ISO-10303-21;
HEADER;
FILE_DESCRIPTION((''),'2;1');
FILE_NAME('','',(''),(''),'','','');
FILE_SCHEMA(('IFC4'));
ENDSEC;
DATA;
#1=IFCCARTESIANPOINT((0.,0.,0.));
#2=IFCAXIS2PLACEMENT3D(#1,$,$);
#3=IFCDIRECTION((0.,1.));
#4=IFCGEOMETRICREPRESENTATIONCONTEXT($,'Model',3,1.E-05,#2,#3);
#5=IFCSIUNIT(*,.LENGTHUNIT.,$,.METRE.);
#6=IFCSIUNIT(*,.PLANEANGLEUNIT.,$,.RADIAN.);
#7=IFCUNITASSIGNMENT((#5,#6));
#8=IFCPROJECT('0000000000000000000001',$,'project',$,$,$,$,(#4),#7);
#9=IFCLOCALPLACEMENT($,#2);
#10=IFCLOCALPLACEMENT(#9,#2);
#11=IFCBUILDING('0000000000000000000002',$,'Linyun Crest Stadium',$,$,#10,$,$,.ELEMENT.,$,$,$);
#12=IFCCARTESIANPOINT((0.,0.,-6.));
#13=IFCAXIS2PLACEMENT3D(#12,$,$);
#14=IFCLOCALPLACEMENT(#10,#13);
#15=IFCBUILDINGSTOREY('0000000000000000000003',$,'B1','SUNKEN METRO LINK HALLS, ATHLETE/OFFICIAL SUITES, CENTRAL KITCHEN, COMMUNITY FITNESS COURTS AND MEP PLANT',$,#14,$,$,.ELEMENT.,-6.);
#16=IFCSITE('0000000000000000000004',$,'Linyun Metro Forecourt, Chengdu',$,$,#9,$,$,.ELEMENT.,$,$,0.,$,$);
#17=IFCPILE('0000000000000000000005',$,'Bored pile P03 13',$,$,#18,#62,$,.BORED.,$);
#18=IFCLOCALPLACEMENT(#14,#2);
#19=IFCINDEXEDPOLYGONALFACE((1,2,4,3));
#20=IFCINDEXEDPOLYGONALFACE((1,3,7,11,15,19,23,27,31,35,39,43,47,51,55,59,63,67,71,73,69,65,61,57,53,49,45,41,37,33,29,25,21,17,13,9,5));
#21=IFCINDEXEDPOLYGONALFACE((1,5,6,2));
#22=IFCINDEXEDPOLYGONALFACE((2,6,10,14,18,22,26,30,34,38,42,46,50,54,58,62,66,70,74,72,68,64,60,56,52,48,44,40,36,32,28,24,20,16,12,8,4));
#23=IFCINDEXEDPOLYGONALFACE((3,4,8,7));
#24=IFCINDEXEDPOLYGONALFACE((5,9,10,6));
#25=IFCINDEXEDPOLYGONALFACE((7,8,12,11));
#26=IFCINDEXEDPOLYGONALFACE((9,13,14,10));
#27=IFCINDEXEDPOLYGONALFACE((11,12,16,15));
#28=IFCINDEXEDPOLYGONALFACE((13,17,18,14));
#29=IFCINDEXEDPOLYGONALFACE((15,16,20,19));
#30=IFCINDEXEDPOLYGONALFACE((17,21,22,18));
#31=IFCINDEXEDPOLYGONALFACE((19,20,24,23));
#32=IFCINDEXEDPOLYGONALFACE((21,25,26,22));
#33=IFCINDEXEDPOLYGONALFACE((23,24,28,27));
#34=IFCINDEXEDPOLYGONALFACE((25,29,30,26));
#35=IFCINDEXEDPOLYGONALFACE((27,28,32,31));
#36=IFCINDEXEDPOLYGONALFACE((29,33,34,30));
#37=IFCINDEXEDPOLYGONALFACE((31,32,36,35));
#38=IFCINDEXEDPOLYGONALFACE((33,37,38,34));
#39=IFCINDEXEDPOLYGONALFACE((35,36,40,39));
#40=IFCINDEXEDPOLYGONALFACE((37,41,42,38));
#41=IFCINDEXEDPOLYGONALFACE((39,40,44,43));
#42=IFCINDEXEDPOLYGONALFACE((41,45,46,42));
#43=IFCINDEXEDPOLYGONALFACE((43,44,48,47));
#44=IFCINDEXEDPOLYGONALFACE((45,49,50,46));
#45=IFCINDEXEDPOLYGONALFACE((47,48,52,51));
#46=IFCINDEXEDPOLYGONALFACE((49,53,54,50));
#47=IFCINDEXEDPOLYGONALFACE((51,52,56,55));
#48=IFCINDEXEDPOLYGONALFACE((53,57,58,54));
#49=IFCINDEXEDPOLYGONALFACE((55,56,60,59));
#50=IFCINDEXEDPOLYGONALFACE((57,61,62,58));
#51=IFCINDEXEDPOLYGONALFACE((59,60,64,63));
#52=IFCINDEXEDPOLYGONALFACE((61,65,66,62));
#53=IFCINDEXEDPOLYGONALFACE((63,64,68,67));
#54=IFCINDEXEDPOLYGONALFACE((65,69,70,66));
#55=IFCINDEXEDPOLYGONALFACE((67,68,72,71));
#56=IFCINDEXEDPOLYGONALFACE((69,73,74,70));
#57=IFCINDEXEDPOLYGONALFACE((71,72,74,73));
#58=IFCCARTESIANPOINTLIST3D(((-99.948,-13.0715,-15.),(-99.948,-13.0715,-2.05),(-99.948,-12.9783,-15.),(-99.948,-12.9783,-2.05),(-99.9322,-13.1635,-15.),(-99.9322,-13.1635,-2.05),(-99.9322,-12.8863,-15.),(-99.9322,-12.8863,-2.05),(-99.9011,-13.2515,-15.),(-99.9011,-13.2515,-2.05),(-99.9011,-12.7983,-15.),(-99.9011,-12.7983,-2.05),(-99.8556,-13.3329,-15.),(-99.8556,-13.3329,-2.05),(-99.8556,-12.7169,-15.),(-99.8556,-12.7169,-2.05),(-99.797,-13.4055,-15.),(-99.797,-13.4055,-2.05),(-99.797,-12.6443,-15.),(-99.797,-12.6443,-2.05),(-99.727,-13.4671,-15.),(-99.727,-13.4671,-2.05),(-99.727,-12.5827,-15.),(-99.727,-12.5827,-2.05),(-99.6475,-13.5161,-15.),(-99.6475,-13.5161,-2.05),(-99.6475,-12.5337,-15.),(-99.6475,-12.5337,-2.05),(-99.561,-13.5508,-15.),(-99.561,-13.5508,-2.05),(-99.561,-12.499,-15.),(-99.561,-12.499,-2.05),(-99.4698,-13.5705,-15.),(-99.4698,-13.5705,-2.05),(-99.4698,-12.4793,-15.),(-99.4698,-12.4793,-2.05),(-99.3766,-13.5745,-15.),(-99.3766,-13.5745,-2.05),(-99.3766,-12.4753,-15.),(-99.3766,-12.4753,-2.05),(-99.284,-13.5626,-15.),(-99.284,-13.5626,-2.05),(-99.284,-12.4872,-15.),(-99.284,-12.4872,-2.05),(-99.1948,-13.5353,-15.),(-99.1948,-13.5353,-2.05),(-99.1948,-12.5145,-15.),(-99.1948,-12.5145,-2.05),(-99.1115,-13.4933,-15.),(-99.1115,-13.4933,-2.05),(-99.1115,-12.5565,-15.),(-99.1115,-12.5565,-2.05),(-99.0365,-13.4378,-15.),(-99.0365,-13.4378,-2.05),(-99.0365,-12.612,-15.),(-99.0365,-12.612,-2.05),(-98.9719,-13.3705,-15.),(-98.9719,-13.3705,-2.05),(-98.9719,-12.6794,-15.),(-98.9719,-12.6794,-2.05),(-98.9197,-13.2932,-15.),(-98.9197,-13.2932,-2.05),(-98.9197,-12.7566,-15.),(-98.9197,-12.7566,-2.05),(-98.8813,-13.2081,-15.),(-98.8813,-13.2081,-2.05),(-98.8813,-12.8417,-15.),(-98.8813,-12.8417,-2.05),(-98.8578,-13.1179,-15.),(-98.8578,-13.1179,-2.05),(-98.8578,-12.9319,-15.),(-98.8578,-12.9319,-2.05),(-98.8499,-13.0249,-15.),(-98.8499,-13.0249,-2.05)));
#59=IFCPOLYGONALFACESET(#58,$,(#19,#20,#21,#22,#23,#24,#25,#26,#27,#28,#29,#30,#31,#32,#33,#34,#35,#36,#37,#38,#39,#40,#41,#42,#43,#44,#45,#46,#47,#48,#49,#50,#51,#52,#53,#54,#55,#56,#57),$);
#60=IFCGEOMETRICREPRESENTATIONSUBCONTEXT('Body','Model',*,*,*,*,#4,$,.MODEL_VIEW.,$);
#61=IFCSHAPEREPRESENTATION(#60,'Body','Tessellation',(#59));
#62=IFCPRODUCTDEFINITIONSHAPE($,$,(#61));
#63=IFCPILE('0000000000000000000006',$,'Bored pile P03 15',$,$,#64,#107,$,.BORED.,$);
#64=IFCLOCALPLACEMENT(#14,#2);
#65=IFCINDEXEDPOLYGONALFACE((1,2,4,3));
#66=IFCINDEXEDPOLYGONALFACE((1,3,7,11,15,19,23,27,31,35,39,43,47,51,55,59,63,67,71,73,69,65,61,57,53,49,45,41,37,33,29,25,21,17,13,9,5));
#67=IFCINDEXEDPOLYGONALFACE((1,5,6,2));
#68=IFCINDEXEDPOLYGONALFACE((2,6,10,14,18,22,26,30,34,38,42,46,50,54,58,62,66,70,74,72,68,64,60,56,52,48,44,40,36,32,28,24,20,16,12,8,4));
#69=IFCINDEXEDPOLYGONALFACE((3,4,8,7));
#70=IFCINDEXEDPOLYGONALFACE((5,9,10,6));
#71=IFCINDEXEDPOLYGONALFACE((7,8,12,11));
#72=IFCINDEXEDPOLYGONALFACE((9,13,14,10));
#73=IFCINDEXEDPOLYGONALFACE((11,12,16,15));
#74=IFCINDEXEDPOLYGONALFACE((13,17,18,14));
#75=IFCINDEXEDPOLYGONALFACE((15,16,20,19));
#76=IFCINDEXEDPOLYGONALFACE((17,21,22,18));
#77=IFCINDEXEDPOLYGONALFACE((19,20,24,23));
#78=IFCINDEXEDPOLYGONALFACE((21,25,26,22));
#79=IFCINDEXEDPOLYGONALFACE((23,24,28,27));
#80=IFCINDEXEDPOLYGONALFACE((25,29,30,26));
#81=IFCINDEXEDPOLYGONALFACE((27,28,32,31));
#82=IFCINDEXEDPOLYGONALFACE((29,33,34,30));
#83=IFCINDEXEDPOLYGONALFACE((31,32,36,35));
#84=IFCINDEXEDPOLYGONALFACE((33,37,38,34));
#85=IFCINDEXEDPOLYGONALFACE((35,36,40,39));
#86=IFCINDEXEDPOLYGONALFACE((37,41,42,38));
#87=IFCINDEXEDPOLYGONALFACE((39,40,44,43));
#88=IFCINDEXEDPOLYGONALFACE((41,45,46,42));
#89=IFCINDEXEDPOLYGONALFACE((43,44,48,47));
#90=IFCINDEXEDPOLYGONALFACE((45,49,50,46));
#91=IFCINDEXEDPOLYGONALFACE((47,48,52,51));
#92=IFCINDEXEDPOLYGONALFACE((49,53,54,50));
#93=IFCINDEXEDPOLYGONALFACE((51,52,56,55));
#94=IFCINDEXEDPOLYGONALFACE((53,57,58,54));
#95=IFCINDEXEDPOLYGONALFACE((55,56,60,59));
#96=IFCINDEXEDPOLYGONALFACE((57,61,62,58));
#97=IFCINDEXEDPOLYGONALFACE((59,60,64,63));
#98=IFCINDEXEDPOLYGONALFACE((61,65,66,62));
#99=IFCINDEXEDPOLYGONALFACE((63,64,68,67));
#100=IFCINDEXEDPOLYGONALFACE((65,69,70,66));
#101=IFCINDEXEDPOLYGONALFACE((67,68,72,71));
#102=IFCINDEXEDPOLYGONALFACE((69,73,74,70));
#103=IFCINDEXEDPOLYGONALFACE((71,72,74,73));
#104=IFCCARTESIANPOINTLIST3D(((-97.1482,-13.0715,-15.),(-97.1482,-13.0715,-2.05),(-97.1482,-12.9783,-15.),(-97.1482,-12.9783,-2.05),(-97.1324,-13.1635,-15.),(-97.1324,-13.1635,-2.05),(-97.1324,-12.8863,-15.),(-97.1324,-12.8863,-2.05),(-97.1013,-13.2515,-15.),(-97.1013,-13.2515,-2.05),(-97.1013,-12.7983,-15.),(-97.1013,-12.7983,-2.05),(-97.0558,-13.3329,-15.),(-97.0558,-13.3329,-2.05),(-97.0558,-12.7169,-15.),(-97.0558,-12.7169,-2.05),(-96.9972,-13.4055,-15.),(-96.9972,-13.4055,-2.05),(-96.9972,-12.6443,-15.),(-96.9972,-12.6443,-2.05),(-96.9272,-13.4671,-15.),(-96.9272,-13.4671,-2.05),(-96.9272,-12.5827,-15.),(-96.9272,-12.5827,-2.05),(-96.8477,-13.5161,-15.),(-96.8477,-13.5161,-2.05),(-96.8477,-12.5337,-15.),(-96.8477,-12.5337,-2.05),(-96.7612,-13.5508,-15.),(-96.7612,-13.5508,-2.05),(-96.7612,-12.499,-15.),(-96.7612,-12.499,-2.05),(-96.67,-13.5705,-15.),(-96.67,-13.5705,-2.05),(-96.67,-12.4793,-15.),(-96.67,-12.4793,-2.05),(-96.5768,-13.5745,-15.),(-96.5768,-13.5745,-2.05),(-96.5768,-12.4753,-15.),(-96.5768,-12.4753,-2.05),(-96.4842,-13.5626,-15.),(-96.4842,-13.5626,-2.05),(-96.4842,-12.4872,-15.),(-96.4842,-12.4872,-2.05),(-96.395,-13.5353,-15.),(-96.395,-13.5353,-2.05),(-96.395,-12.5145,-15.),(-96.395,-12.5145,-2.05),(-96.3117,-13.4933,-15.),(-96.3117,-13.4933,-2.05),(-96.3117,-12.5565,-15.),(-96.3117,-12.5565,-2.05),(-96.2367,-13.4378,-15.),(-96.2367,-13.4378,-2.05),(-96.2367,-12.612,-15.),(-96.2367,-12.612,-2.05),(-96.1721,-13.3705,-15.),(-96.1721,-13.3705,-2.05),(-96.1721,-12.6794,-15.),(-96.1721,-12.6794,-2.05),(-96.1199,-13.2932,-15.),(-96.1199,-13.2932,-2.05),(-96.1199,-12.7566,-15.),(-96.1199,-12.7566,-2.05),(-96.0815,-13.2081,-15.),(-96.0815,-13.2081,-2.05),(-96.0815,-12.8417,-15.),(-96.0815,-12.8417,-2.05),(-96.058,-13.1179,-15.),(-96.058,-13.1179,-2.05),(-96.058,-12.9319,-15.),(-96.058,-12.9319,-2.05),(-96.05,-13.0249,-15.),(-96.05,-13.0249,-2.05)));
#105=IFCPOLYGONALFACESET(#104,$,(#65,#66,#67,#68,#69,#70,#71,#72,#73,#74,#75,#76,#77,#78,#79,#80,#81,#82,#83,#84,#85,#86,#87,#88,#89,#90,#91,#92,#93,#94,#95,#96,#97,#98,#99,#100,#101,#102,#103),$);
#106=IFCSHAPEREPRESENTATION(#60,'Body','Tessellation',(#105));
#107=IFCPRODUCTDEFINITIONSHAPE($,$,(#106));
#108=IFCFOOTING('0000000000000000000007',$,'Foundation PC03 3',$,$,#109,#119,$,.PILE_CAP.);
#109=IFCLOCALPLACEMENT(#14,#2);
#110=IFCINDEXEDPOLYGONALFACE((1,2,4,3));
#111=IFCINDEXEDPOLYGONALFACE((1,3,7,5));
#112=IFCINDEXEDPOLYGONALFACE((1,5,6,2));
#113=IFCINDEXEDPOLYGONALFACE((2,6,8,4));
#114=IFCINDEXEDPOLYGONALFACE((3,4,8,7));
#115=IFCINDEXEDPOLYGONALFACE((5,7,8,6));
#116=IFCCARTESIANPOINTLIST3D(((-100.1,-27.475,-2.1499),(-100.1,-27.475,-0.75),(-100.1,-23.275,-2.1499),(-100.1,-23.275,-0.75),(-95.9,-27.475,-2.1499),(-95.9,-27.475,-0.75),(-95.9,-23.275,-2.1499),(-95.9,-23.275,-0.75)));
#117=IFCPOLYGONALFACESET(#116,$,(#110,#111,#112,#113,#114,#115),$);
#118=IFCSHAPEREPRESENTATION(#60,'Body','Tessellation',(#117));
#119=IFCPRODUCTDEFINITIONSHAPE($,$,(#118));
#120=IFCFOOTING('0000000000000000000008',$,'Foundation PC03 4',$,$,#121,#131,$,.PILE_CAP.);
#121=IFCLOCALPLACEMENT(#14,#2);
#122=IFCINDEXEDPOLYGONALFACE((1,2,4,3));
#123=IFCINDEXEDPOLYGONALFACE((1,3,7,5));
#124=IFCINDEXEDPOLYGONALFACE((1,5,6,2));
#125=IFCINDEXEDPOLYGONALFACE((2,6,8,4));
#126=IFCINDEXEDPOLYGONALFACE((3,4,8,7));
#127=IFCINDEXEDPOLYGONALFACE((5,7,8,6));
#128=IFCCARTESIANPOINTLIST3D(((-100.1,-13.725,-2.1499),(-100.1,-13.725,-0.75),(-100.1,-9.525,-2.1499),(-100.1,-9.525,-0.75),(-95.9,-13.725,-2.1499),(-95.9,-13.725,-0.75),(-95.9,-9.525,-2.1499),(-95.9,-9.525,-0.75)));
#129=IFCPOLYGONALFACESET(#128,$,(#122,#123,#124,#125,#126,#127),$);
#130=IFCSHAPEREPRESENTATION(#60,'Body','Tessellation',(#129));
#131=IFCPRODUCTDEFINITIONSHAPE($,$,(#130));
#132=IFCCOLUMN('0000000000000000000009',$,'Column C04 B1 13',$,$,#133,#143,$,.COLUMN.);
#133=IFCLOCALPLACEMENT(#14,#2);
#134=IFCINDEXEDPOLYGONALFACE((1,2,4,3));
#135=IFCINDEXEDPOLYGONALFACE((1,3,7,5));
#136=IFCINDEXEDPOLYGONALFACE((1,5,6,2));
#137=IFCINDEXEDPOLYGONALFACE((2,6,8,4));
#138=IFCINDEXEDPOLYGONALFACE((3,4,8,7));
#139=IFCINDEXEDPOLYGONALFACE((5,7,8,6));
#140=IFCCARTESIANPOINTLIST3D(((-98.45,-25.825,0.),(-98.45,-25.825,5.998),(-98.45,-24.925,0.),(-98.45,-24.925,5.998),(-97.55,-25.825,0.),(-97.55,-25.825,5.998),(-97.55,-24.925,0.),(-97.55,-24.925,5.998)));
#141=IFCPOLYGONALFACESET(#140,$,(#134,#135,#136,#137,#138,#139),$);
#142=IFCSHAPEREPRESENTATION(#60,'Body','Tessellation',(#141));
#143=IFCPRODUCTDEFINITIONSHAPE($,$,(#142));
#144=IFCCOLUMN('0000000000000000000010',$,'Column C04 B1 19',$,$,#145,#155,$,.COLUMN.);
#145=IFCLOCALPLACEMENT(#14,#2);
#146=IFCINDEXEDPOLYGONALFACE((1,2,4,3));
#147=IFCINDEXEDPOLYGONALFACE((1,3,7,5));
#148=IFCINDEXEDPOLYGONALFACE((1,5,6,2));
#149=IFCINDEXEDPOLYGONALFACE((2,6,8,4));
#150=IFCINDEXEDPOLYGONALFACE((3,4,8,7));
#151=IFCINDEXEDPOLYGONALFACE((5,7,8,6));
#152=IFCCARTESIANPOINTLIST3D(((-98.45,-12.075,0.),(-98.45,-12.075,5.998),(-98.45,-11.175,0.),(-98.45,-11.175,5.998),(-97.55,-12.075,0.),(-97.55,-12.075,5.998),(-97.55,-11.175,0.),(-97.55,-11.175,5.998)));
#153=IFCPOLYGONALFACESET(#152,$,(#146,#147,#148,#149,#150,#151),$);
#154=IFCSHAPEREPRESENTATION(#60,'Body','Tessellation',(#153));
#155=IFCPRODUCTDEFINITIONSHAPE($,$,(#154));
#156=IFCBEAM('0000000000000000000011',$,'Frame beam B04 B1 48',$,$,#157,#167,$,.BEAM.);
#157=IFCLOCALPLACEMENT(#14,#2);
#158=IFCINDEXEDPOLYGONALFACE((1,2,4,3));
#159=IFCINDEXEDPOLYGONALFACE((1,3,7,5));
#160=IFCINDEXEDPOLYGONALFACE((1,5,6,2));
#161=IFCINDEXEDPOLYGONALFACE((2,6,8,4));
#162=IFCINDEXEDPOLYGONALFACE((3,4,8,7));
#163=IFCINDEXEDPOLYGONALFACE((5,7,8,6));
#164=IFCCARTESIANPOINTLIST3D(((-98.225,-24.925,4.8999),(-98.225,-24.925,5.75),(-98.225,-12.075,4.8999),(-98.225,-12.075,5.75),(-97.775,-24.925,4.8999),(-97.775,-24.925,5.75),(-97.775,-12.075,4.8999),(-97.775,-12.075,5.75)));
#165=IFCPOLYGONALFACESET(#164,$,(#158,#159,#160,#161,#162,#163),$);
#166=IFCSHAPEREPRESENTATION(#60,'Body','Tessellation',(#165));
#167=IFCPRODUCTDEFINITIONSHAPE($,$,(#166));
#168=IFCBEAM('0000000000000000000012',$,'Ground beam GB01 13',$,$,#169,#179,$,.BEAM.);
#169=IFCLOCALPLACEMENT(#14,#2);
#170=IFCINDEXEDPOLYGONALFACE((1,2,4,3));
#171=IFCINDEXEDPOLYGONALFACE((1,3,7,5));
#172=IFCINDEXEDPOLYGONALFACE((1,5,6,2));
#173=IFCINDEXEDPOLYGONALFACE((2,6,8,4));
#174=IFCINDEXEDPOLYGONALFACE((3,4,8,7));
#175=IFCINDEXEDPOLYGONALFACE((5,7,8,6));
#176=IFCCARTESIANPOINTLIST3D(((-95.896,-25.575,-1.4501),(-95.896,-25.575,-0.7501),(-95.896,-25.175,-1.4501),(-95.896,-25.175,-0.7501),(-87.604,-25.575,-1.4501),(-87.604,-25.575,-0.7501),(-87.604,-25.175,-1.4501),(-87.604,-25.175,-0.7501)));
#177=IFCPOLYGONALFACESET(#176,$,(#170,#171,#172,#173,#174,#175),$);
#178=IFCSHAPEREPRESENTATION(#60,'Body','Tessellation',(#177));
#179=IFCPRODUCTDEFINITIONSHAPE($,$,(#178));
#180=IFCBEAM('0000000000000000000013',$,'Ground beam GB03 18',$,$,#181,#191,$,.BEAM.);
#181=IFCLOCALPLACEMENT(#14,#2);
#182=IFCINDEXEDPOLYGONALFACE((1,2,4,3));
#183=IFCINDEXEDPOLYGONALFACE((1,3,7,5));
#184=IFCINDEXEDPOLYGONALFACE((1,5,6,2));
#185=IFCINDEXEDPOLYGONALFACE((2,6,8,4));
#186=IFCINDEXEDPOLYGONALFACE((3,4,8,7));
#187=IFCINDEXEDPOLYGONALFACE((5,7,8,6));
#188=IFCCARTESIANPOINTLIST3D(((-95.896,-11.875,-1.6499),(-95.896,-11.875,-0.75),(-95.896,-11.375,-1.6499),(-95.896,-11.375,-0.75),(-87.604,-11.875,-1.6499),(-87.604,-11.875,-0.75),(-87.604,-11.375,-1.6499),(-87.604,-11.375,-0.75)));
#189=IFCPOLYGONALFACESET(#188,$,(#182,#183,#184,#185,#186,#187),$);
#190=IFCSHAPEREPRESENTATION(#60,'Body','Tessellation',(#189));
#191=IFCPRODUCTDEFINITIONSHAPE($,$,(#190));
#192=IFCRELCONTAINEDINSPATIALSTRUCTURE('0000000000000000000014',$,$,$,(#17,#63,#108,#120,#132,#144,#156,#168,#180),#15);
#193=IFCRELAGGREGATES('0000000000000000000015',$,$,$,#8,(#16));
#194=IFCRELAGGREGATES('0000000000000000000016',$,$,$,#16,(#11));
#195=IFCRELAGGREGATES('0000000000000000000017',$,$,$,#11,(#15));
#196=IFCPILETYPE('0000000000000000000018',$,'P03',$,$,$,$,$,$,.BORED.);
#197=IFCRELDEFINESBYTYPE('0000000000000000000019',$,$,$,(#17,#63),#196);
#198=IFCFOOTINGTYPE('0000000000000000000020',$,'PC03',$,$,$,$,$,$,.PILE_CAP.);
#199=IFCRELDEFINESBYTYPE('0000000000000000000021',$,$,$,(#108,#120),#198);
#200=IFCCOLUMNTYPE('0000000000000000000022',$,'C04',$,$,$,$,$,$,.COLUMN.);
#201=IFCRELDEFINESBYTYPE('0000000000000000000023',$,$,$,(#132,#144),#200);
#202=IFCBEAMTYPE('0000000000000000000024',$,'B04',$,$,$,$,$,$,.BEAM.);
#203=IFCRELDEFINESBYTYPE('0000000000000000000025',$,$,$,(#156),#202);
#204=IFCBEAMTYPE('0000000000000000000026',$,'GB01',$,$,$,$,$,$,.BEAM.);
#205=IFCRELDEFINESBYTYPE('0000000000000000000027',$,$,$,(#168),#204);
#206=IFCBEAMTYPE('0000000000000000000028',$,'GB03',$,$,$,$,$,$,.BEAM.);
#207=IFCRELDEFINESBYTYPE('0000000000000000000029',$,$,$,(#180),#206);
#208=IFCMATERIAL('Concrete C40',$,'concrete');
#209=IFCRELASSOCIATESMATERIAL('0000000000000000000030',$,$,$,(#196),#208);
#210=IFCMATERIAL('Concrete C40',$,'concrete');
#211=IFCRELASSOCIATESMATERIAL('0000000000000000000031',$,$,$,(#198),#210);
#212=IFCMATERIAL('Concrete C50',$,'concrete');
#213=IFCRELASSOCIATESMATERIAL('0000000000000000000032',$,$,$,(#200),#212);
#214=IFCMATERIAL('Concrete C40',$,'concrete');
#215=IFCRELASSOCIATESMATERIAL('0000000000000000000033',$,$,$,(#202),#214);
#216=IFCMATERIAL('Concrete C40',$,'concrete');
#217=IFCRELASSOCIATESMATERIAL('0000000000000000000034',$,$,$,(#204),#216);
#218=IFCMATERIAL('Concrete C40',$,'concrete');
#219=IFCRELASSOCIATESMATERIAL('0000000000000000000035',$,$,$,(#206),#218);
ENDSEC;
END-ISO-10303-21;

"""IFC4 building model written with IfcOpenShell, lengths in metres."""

from ifc_helpers import new_model, si_unit, direction, frame, origin, origin_2d, place, context, subcontext, project, spatial, rectangle, circle, extrude, material, material_profile, profile_set, type_object, element, save


model = new_model("IFC4")

# Units and contexts
model_context = context("Model", 3, precision=1e-05, world=origin(), true_north=direction((0.0, 1.0)))
body_context = subcontext(model_context, "Body", "Model", "MODEL_VIEW")
ifc_project = project(units=[si_unit("LENGTHUNIT", "METRE"), si_unit("PLANEANGLEUNIT", "RADIAN")], contexts=[model_context])

# Site, building, storey
site_placement = place(None, origin())
site = spatial("IfcSite", under=ifc_project, at=site_placement, Name="Linyun Metro Forecourt, Chengdu", CompositionType="ELEMENT", RefElevation=0.0)
building_placement = place(site_placement, origin())
building = spatial("IfcBuilding", under=site, at=building_placement, Name="Linyun Crest Stadium", CompositionType="ELEMENT")
storey_placement = place(building_placement, frame((0.0, 0.0, -6.0)))
storey = spatial("IfcBuildingStorey", under=building, at=storey_placement, Name="B1", Description="SUNKEN METRO LINK HALLS, ATHLETE/OFFICIAL SUITES, CENTRAL KITCHEN, COMMUNITY FITNESS COURTS AND MEP PLANT", CompositionType="ELEMENT", Elevation=-6.0)

# Piles
ifc_material_1 = material(Name="Concrete C40", Category="concrete")
ifc_material_profile_1 = material_profile(ifc_material_1, circle(Radius=0.55, at=origin_2d()), Name="BORED PILE 1100")
ifc_profile_set_1 = profile_set([ifc_material_profile_1], Name="Concrete C40")
pile_type = type_object("IfcPileType", Name="P03", PredefinedType="BORED", material=ifc_profile_set_1)
for number, where, z_axis, x_axis, name in (
    (1, (-99.3999, -13.0249, -2.05), (0.0, 0.0, -1.0), (1.0, 0.0, 0.0), "Bored pile P03 13"),
    (2, (-96.6001, -13.0249, -2.05), (0.0, 0.0, -1.0), (1.0, 0.0, 0.0), "Bored pile P03 15"),
):
    element("IfcPile", number, at=place(storey_placement, frame(where, z_axis=z_axis, x_axis=x_axis)), inside=storey, type_object=pile_type, Name=name, PredefinedType="BORED", context=body_context, shape_type="SweptSolid", body=[
        extrude(circle(Radius=0.55, at=origin_2d()), origin(), (0.0, 0.0, 1.0), 12.95),
    ])

# Footings
ifc_material_2 = material(Name="Concrete C40", Category="concrete")
footing_type = type_object("IfcFootingType", Name="PC03", PredefinedType="PILE_CAP", material=ifc_material_2)
for number, where, z_axis, x_axis, name in (
    (3, (-98.0, -25.375, -2.1499), (0.0, 0.0, 1.0), (1.0, 0.0, 0.0), "Foundation PC03 3"),
    (4, (-98.0, -11.625, -2.1499), (0.0, 0.0, 1.0), (1.0, 0.0, 0.0), "Foundation PC03 4"),
):
    element("IfcFooting", number, at=place(storey_placement, frame(where, z_axis=z_axis, x_axis=x_axis)), inside=storey, type_object=footing_type, Name=name, PredefinedType="PILE_CAP", context=body_context, shape_type="SweptSolid", body=[
        extrude(rectangle(XDim=4.2, YDim=4.2, at=origin_2d()), origin(), (0.0, 0.0, 1.0), 1.3999),
    ])

# Columns
ifc_material_3 = material(Name="Concrete C50", Category="concrete")
ifc_material_profile_2 = material_profile(ifc_material_3, rectangle(XDim=0.8999, YDim=0.8999, at=origin_2d()), Name="RC 900x900")
ifc_profile_set_2 = profile_set([ifc_material_profile_2], Name="Concrete C50")
column_type = type_object("IfcColumnType", Name="C04", PredefinedType="COLUMN", material=ifc_profile_set_2)
for number, where, z_axis, x_axis, name in (
    (5, (-98.0, -25.375, 0.0), (0.0, 0.0, 1.0), (1.0, 0.0, 0.0), "Column C04 B1 13"),
    (6, (-98.0, -11.625, 0.0), (0.0, 0.0, 1.0), (1.0, 0.0, 0.0), "Column C04 B1 19"),
):
    element("IfcColumn", number, at=place(storey_placement, frame(where, z_axis=z_axis, x_axis=x_axis)), inside=storey, type_object=column_type, Name=name, PredefinedType="COLUMN", context=body_context, shape_type="SweptSolid", body=[
        extrude(rectangle(XDim=0.8999, YDim=0.8999, at=origin_2d()), origin(), (0.0, 0.0, 1.0), 5.998),
    ])

# Beams
ifc_material_4 = material(Name="Concrete C40", Category="concrete")
ifc_material_profile_3 = material_profile(ifc_material_4, rectangle(XDim=0.45, YDim=0.8501, at=origin_2d()), Name="RCB 850x450")
ifc_profile_set_3 = profile_set([ifc_material_profile_3], Name="Concrete C40")
beam_type_1 = type_object("IfcBeamType", Name="B04", PredefinedType="BEAM", material=ifc_profile_set_3)
beam_1_placement = place(storey_placement, frame((-98.0, -24.925, 5.325), z_axis=(0.0, 1.0, 0.0), x_axis=(-1.0, 0.0, 0.0)))
element("IfcBeam", 7, at=beam_1_placement, inside=storey, type_object=beam_type_1, Name="Frame beam B04 B1 48", PredefinedType="BEAM", context=body_context, shape_type="SweptSolid", body=[
    extrude(rectangle(XDim=0.45, YDim=0.8501, at=origin_2d()), origin(), (0.0, 0.0, 1.0), 12.8501),
])
ifc_material_5 = material(Name="Concrete C40", Category="concrete")
ifc_material_profile_4 = material_profile(ifc_material_5, rectangle(XDim=0.3999, YDim=0.7, at=origin_2d()), Name="RCB 700x400")
ifc_profile_set_4 = profile_set([ifc_material_profile_4], Name="Concrete C40")
beam_type_2 = type_object("IfcBeamType", Name="GB01", PredefinedType="BEAM", material=ifc_profile_set_4)
beam_2_placement = place(storey_placement, frame((-95.896, -25.375, -1.1001), z_axis=(1.0, 0.0, 0.0), x_axis=(0.0, 1.0, 0.0)))
element("IfcBeam", 8, at=beam_2_placement, inside=storey, type_object=beam_type_2, Name="Ground beam GB01 13", PredefinedType="BEAM", context=body_context, shape_type="SweptSolid", body=[
    extrude(rectangle(XDim=0.3999, YDim=0.7, at=origin_2d()), origin(), (0.0, 0.0, 1.0), 8.292),
])
ifc_material_6 = material(Name="Concrete C40", Category="concrete")
ifc_material_profile_5 = material_profile(ifc_material_6, rectangle(XDim=0.5, YDim=0.8999, at=origin_2d()), Name="RCB 900x500")
ifc_profile_set_5 = profile_set([ifc_material_profile_5], Name="Concrete C40")
beam_type_3 = type_object("IfcBeamType", Name="GB03", PredefinedType="BEAM", material=ifc_profile_set_5)
beam_3_placement = place(storey_placement, frame((-95.896, -11.625, -1.2), z_axis=(1.0, 0.0, 0.0), x_axis=(0.0, 1.0, 0.0)))
element("IfcBeam", 9, at=beam_3_placement, inside=storey, type_object=beam_type_3, Name="Ground beam GB03 18", PredefinedType="BEAM", context=body_context, shape_type="SweptSolid", body=[
    extrude(rectangle(XDim=0.5, YDim=0.8999, at=origin_2d()), origin(), (0.0, 0.0, 1.0), 8.292),
])

save(model, "model.ifc")
